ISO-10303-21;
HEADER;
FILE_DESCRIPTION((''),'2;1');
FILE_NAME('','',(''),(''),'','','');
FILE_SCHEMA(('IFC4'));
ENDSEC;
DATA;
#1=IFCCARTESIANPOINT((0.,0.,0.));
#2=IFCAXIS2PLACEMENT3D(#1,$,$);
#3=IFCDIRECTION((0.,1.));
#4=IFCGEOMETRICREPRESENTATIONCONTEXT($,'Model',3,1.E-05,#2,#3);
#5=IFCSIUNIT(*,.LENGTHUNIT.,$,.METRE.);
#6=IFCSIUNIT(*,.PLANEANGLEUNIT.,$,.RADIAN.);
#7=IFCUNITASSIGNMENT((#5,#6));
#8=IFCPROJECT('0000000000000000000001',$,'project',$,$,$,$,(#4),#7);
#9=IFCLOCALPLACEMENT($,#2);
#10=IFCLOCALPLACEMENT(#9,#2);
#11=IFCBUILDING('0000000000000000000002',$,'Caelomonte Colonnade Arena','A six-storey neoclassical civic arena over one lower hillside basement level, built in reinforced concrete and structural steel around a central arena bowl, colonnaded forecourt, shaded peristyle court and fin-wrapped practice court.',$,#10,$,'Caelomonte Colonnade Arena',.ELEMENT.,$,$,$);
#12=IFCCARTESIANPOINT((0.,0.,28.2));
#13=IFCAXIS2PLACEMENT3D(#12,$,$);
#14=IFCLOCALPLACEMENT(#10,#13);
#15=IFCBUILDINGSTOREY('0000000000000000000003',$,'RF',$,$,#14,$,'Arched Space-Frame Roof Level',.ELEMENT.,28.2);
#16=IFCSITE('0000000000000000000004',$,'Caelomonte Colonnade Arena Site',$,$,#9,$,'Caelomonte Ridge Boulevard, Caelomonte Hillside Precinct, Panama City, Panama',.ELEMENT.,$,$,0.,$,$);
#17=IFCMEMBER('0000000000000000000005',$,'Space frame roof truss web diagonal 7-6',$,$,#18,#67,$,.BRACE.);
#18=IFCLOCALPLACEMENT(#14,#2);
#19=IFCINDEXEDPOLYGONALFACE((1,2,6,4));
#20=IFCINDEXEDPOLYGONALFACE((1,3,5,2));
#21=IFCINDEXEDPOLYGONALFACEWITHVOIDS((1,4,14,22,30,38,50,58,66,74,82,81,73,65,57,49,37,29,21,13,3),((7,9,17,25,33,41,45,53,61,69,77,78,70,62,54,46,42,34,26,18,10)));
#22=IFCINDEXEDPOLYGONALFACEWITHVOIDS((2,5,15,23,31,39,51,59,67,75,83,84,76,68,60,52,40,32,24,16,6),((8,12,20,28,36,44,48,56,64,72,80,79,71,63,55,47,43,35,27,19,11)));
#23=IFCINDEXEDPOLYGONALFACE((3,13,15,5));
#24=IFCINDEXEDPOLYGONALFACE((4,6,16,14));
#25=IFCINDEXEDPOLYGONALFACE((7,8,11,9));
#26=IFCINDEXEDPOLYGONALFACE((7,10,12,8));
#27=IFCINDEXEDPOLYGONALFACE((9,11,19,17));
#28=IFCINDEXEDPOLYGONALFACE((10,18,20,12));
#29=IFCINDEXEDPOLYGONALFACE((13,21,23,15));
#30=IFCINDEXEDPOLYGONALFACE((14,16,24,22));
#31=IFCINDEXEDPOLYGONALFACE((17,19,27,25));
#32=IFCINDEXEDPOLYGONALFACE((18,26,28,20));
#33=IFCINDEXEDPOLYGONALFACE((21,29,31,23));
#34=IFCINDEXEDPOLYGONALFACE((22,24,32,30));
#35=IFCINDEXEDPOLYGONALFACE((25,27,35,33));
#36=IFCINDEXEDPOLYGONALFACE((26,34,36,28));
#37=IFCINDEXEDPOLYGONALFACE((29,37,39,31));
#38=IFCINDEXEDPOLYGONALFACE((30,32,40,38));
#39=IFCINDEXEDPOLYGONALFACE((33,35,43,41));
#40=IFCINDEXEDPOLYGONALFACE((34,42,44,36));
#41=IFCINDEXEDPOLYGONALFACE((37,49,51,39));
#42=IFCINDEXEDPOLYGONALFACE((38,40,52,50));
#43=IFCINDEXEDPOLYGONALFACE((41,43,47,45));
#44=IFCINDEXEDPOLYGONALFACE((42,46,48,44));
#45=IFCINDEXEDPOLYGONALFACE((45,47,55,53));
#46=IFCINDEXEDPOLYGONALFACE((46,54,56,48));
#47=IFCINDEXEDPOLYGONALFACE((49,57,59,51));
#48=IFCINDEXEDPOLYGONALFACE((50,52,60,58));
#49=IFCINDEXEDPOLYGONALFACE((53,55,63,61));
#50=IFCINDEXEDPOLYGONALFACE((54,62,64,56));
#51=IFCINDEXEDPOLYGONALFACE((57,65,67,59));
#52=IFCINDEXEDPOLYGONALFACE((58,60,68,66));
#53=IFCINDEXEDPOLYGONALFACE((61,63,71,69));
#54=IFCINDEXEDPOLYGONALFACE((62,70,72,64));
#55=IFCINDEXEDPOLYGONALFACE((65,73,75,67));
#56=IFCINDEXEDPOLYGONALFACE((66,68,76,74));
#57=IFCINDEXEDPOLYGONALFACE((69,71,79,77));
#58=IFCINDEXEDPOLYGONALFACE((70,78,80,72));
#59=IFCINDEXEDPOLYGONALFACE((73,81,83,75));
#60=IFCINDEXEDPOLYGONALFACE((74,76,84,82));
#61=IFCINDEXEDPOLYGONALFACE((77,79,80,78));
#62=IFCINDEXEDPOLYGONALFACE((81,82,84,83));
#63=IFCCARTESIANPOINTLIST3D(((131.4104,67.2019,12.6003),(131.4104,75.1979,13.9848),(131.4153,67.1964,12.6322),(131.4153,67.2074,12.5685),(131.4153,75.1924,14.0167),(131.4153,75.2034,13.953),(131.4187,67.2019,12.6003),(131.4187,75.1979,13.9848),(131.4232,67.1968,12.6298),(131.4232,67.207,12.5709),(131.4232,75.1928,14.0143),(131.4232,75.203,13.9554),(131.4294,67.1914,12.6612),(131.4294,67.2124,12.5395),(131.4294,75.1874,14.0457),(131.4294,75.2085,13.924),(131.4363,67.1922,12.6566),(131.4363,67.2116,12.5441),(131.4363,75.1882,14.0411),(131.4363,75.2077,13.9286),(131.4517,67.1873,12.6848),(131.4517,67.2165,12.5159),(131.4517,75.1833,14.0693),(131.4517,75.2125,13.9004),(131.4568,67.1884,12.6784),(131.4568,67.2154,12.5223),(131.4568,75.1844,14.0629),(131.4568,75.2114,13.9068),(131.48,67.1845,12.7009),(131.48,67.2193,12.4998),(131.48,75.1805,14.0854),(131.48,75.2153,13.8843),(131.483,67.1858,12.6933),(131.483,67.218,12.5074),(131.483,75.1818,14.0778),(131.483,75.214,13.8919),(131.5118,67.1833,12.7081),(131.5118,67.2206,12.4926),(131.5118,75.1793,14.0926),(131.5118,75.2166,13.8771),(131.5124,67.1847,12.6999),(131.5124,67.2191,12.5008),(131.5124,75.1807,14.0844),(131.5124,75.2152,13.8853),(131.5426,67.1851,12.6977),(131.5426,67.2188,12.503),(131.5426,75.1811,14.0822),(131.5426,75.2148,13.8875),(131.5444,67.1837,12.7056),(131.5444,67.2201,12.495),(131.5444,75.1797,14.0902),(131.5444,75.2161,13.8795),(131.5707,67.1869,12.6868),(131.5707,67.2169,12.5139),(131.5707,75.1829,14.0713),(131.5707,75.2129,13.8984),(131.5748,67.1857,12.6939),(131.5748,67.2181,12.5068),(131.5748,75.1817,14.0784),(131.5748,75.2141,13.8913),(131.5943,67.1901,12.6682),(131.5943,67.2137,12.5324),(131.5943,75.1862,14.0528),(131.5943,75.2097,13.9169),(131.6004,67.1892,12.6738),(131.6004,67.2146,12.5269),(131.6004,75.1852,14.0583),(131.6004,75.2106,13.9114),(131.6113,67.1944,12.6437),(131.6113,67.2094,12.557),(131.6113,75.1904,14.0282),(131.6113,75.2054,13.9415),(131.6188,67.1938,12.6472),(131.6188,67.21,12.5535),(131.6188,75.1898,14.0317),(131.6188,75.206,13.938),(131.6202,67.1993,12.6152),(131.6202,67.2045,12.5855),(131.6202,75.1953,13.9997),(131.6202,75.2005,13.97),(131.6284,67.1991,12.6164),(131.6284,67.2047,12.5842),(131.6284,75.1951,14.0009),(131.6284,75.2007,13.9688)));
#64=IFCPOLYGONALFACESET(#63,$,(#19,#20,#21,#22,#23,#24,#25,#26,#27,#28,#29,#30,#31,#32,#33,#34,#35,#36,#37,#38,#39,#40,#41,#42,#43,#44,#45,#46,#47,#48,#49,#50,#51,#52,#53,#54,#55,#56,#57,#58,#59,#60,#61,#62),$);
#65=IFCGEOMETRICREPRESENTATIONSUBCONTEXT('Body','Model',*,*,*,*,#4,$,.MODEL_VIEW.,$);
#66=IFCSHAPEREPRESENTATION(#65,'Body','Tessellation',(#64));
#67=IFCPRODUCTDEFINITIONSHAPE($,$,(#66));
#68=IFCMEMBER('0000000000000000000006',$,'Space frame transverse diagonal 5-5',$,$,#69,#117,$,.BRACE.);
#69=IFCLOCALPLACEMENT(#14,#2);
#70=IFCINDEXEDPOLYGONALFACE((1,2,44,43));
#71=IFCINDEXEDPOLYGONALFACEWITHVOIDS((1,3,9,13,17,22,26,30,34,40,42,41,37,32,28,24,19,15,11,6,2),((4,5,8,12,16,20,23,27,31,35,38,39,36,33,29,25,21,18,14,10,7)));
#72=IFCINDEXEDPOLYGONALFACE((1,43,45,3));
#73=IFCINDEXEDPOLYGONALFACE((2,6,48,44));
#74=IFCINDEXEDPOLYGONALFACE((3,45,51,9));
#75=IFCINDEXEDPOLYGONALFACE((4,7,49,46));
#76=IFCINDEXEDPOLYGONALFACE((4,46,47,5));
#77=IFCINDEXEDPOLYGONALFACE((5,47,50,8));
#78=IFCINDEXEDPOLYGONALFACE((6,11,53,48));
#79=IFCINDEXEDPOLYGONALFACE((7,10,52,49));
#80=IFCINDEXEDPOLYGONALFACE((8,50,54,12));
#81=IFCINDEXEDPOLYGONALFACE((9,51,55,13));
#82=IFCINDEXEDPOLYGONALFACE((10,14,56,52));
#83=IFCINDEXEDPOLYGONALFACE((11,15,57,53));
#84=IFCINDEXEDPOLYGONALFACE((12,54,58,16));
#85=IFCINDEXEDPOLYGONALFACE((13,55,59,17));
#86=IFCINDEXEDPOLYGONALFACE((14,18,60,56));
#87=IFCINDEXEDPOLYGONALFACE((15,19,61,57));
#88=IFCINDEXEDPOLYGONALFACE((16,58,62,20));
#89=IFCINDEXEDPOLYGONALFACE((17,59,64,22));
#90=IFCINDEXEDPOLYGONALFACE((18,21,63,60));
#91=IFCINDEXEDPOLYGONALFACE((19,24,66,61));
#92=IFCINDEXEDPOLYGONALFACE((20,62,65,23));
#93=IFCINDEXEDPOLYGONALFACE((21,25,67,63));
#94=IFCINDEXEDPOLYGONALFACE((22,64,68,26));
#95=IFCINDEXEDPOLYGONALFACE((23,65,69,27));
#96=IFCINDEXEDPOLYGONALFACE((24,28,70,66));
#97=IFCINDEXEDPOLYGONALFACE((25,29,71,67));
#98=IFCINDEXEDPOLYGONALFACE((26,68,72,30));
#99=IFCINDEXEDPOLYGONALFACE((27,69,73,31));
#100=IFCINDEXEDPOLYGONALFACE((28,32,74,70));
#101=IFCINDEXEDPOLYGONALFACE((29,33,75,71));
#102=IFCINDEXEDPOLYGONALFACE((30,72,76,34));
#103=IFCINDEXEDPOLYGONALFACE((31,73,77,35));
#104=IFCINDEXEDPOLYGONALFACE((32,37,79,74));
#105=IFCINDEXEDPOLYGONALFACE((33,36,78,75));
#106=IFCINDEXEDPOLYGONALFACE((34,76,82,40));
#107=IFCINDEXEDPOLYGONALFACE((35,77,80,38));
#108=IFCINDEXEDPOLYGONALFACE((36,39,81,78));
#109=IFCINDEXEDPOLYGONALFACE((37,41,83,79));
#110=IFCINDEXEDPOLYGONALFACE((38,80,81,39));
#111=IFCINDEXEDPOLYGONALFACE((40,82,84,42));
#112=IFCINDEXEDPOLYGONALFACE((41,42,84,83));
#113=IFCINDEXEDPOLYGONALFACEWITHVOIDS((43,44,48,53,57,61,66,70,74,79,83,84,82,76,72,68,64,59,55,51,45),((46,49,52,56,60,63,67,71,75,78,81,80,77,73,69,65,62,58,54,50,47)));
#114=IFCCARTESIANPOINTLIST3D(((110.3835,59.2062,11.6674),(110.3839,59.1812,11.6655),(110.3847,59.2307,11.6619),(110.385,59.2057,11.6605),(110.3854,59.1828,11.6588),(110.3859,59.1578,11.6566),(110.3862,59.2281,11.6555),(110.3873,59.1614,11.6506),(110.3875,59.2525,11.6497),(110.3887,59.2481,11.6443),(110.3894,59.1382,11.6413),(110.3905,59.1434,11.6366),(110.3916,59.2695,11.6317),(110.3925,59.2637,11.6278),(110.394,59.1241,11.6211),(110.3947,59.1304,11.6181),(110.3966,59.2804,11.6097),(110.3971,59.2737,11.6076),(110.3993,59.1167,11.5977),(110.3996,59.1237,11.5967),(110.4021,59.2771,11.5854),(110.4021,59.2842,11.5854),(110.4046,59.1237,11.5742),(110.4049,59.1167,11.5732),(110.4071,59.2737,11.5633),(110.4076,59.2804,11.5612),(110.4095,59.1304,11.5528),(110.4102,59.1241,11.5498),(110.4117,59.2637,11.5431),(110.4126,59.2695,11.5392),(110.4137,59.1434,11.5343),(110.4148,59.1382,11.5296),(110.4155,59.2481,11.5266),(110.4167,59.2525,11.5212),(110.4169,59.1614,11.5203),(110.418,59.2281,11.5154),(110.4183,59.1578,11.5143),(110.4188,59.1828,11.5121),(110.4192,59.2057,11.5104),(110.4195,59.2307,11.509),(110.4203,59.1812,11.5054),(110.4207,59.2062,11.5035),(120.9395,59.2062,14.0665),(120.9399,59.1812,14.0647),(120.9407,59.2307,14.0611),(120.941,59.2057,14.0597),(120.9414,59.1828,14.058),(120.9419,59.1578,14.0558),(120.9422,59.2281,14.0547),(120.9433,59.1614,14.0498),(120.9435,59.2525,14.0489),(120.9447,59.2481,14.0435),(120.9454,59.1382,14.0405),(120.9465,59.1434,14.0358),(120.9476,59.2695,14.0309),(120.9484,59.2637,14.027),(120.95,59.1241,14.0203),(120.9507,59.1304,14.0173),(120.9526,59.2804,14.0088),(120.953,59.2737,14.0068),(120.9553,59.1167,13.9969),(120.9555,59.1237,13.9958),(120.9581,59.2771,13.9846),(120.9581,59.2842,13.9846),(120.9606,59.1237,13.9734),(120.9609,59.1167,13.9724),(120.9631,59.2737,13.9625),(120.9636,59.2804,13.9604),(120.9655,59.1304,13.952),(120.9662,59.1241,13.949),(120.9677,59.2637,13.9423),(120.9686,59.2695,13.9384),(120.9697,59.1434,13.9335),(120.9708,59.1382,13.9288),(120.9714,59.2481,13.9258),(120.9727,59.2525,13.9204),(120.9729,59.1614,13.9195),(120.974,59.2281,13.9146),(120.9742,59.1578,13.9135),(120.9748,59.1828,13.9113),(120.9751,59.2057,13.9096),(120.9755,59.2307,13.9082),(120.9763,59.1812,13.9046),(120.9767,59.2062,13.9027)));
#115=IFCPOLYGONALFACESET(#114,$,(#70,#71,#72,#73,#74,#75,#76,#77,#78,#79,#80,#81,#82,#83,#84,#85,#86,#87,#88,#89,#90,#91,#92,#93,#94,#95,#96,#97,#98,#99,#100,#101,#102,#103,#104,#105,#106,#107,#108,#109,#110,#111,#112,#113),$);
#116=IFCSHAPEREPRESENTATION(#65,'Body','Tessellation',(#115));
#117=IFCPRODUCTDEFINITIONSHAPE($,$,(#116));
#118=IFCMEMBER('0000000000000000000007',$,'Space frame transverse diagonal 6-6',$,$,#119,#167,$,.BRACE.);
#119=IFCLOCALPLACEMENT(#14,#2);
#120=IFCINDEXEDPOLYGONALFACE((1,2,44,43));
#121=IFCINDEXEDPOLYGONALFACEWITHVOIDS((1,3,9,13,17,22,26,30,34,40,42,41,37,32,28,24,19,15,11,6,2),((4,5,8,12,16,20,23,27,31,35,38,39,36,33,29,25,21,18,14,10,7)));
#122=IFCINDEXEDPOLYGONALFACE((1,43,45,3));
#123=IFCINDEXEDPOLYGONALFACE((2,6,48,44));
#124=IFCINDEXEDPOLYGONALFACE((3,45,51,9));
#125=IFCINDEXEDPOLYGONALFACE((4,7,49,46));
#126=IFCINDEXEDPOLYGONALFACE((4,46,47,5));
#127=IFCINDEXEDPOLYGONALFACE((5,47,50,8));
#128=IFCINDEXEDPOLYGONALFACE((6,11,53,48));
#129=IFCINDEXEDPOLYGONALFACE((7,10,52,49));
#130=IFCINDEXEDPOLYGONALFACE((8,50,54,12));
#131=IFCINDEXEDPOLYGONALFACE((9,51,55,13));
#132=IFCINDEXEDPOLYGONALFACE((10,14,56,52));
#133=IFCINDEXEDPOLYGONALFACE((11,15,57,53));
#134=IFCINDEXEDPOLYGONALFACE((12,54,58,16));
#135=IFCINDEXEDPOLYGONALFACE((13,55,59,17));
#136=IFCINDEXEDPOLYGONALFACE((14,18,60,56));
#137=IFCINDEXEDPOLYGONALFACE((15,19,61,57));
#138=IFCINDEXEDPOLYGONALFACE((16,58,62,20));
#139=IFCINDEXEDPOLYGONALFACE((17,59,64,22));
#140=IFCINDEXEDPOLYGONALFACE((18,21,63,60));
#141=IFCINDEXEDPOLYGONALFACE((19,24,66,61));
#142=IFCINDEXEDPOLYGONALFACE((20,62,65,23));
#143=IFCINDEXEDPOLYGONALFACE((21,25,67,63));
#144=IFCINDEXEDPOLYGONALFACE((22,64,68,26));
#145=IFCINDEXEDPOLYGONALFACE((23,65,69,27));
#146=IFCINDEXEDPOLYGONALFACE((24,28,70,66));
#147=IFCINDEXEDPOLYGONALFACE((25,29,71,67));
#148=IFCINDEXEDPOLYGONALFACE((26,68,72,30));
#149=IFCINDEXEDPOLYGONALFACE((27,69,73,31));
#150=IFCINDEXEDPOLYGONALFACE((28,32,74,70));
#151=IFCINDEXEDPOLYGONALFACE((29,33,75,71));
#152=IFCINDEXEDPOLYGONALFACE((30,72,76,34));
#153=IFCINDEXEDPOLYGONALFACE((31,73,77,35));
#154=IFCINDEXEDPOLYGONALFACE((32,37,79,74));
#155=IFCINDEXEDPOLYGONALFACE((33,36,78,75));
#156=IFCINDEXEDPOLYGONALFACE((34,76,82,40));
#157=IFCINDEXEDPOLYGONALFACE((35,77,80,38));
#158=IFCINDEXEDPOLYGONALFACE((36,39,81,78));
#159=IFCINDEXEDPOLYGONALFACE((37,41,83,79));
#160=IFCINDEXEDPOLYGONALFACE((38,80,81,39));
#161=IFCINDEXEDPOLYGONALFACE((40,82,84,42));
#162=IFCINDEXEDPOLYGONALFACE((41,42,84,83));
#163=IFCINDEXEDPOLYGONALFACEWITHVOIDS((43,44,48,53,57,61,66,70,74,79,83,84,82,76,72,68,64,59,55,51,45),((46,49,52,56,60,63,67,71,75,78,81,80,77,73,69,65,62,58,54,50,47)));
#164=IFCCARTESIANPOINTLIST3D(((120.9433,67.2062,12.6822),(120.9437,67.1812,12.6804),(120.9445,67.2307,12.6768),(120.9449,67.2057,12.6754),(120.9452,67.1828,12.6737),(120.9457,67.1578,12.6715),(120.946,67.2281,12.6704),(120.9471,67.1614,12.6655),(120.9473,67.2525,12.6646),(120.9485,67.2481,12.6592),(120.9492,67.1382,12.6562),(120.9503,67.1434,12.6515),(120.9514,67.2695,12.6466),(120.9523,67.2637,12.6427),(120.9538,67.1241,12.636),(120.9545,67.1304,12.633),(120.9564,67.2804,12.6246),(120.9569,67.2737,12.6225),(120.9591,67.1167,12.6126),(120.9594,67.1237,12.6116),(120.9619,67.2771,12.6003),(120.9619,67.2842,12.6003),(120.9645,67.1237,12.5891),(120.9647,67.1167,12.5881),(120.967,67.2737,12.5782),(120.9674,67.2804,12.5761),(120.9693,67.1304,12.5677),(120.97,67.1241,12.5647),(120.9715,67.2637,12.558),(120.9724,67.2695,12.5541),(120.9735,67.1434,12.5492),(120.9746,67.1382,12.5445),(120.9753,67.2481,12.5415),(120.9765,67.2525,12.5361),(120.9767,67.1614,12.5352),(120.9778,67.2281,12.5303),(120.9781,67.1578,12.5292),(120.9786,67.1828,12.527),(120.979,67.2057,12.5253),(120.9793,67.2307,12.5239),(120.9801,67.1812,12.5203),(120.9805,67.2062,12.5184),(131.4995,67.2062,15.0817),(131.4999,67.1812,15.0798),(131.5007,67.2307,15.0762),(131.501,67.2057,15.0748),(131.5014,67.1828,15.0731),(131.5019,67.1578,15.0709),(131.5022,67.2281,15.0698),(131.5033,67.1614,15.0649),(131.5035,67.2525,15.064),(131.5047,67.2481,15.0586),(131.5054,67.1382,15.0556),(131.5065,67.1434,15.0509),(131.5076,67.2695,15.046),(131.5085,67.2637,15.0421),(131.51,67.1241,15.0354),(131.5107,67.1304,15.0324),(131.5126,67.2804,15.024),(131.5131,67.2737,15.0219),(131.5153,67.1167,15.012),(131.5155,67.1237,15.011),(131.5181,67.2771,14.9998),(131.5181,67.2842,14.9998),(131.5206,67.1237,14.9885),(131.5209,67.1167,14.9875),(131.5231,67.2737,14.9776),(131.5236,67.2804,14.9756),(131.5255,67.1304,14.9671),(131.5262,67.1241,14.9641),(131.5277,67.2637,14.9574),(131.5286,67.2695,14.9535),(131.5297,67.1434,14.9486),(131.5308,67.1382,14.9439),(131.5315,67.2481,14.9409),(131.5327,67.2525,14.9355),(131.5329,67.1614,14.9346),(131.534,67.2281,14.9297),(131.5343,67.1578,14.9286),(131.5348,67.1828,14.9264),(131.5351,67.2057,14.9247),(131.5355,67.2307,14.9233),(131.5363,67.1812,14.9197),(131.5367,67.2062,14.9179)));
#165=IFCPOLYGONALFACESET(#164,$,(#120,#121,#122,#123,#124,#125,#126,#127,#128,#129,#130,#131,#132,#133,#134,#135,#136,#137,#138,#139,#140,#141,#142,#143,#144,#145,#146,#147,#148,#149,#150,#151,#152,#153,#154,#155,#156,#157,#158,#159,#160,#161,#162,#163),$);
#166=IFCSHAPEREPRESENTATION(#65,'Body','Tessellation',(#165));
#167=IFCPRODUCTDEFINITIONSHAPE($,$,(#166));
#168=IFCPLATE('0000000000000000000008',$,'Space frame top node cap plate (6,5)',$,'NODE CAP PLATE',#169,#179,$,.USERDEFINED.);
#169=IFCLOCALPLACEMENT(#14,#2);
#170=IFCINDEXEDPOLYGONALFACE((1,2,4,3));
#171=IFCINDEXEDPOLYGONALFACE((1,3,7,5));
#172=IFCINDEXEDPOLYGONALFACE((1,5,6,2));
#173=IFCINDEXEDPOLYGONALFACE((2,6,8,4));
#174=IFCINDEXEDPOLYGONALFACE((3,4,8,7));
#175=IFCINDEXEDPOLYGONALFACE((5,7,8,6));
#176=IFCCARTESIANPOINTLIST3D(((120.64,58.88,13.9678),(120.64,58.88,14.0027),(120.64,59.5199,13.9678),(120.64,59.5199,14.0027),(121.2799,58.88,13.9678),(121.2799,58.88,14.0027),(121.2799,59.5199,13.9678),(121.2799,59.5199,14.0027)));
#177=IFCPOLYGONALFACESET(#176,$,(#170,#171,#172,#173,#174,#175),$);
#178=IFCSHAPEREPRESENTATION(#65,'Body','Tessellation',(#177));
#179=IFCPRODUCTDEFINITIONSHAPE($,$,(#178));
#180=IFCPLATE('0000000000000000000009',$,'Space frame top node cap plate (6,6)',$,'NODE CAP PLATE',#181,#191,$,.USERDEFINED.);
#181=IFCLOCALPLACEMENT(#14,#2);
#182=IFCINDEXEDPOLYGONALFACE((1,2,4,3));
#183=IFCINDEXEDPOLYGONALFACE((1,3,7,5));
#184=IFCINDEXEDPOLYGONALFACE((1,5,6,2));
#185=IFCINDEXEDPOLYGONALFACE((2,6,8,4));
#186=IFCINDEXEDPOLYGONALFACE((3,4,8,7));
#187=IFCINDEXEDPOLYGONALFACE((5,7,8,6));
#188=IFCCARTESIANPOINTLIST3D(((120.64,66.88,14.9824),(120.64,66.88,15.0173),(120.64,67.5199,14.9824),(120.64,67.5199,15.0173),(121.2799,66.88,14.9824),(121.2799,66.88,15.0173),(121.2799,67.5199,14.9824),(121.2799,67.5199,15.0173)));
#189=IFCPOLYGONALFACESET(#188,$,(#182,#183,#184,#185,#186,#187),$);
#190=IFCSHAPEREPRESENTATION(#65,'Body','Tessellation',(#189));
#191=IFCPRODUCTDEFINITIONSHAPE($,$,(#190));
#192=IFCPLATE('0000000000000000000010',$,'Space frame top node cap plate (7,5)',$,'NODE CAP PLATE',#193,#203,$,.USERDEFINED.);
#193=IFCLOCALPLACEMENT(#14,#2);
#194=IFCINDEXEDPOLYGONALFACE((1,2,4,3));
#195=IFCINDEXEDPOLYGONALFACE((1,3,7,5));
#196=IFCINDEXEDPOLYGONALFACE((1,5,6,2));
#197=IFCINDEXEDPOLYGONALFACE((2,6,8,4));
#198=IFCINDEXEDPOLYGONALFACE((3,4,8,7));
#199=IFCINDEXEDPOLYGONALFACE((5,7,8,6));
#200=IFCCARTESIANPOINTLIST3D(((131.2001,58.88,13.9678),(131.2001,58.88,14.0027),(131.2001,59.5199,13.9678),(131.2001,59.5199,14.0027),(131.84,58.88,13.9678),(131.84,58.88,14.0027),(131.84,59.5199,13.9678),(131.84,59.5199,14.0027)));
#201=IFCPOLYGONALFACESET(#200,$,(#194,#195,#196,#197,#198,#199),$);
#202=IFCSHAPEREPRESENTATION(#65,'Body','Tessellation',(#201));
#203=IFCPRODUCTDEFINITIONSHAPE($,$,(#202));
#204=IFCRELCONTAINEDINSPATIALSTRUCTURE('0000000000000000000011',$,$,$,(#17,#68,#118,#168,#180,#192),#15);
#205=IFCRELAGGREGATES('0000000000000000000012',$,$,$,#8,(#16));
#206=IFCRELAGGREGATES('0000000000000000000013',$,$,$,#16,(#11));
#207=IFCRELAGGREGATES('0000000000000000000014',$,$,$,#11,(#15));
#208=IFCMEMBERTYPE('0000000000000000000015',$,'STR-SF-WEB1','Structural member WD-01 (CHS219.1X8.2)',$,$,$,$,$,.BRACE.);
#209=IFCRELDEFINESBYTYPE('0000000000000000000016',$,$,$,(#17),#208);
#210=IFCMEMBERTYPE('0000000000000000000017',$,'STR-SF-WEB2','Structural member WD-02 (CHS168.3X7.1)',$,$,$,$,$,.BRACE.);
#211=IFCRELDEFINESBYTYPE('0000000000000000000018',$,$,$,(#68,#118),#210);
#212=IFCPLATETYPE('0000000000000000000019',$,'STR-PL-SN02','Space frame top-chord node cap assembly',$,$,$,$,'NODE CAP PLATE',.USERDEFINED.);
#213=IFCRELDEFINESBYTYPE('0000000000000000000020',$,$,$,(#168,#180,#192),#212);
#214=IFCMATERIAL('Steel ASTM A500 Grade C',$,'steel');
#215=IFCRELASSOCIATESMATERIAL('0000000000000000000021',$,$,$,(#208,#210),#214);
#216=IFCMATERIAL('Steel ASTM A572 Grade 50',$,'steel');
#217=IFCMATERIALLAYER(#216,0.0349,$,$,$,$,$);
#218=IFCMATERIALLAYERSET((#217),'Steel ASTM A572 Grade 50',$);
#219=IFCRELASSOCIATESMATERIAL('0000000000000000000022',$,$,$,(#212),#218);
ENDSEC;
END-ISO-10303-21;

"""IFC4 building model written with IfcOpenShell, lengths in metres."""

from ifc_helpers import new_model, si_unit, direction, frame, origin, origin_2d, place, context, subcontext, project, spatial, rectangle, hollow_circle, extrude, material, layer, layer_set, material_profile, profile_set, type_object, element, save


model = new_model("IFC4")

# Units and contexts
model_context = context("Model", 3, precision=1e-05, world=origin(), true_north=direction((0.0, 1.0)))
body_context = subcontext(model_context, "Body", "Model", "MODEL_VIEW")
ifc_project = project(units=[si_unit("LENGTHUNIT", "METRE"), si_unit("PLANEANGLEUNIT", "RADIAN")], contexts=[model_context])

# Site, building, storey
site_placement = place(None, origin())
site = spatial("IfcSite", under=ifc_project, at=site_placement, Name="Caelomonte Colonnade Arena Site", LongName="Caelomonte Ridge Boulevard, Caelomonte Hillside Precinct, Panama City, Panama", CompositionType="ELEMENT", RefElevation=0.0)
building_placement = place(site_placement, origin())
building = spatial("IfcBuilding", under=site, at=building_placement, Name="Caelomonte Colonnade Arena", Description="A six-storey neoclassical civic arena over one lower hillside basement level, built in reinforced concrete and structural steel around a central arena bowl, colonnaded forecourt, shaded peristyle court and fin-wrapped practice court.", LongName="Caelomonte Colonnade Arena", CompositionType="ELEMENT")
storey_placement = place(building_placement, frame((0.0, 0.0, 28.2)))
storey = spatial("IfcBuildingStorey", under=building, at=storey_placement, Name="RF", LongName="Arched Space-Frame Roof Level", CompositionType="ELEMENT", Elevation=28.2)

# Members
ifc_material_1 = material(Name="Steel ASTM A500 Grade C", Category="steel")
ifc_material_profile_1 = material_profile(ifc_material_1, hollow_circle(Radius=0.1096, WallThickness=0.0083, at=origin_2d()), Name="CHS219.1X8.2")
ifc_profile_set_1 = profile_set([ifc_material_profile_1], Name="Steel ASTM A500 Grade C")
member_type_1 = type_object("IfcMemberType", Name="STR-SF-WEB1", Description="Structural member WD-01 (CHS219.1X8.2)", PredefinedType="BRACE", material=ifc_profile_set_1)
for number, where, z_axis, x_axis, name in (
    (1, (131.52, 67.2019, 12.6003), (0.0, 0.985338, 0.170611), (-1.0, 0.0, 0.0), "Space frame roof truss web diagonal 7-6"),
):
    element("IfcMember", number, at=place(storey_placement, frame(where, z_axis=z_axis, x_axis=x_axis)), inside=storey, type_object=member_type_1, Name=name, PredefinedType="BRACE", context=body_context, shape_type="SweptSolid", body=[
        extrude(hollow_circle(Radius=0.1096, WallThickness=0.0083, at=origin_2d()), origin(), (0.0, 0.0, 1.0), 8.115),
    ])
ifc_material_profile_2 = material_profile(ifc_material_1, hollow_circle(Radius=0.0842, WallThickness=0.0071, at=origin_2d()), Name="CHS168.3X7.1")
ifc_profile_set_2 = profile_set([ifc_material_profile_2], Name="Steel ASTM A500 Grade C")
member_type_2 = type_object("IfcMemberType", Name="STR-SF-WEB2", Description="Structural member WD-02 (CHS168.3X7.1)", PredefinedType="BRACE", material=ifc_profile_set_2)
member_1_placement = place(storey_placement, frame((110.4021, 59.2, 11.5854), z_axis=(0.975131, 0.0, 0.22163), x_axis=(0.0, 1.0, 0.0)))
element("IfcMember", 2, at=member_1_placement, inside=storey, type_object=member_type_2, Name="Space frame transverse diagonal 5-5", PredefinedType="BRACE", context=body_context, shape_type="SweptSolid", body=[
    extrude(hollow_circle(Radius=0.0842, WallThickness=0.0071, at=origin_2d()), origin(), (0.0, 0.0, 1.0), 10.8252),
])
member_2_placement = place(storey_placement, frame((120.9619, 67.2, 12.6003), z_axis=(0.975127, 0.0, 0.221646), x_axis=(0.0, 1.0, 0.0)))
element("IfcMember", 3, at=member_2_placement, inside=storey, type_object=member_type_2, Name="Space frame transverse diagonal 6-6", PredefinedType="BRACE", context=body_context, shape_type="SweptSolid", body=[
    extrude(hollow_circle(Radius=0.0842, WallThickness=0.0071, at=origin_2d()), origin(), (0.0, 0.0, 1.0), 10.8254),
])

# Plates
ifc_material_2 = material(Name="Steel ASTM A572 Grade 50", Category="steel")
ifc_layer_1 = layer(ifc_material_2, 0.0349)
ifc_layer_set_1 = layer_set([ifc_layer_1], Name="Steel ASTM A572 Grade 50")
plate_type_1 = type_object("IfcPlateType", Name="STR-PL-SN02", Description="Space frame top-chord node cap assembly", ElementType="NODE CAP PLATE", PredefinedType="USERDEFINED", material=ifc_layer_set_1)
for number, where, z_axis, x_axis, name in (
    (4, (120.96, 59.2, 13.9678), (0.0, 0.0, 1.0), (1.0, 0.0, 0.0), "Space frame top node cap plate (6,5)"),
    (5, (120.96, 67.2, 14.9824), (0.0, 0.0, 1.0), (1.0, 0.0, 0.0), "Space frame top node cap plate (6,6)"),
    (6, (131.52, 59.2, 13.9678), (0.0, 0.0, 1.0), (1.0, 0.0, 0.0), "Space frame top node cap plate (7,5)"),
):
    element("IfcPlate", number, at=place(storey_placement, frame(where, z_axis=z_axis, x_axis=x_axis)), inside=storey, type_object=plate_type_1, Name=name, ObjectType="NODE CAP PLATE", PredefinedType="USERDEFINED", context=body_context, shape_type="SweptSolid", body=[
        extrude(rectangle(XDim=0.6399, YDim=0.6399, at=origin_2d()), origin(), (0.0, 0.0, 1.0), 0.0349),
    ])

save(model, "model.ifc")
